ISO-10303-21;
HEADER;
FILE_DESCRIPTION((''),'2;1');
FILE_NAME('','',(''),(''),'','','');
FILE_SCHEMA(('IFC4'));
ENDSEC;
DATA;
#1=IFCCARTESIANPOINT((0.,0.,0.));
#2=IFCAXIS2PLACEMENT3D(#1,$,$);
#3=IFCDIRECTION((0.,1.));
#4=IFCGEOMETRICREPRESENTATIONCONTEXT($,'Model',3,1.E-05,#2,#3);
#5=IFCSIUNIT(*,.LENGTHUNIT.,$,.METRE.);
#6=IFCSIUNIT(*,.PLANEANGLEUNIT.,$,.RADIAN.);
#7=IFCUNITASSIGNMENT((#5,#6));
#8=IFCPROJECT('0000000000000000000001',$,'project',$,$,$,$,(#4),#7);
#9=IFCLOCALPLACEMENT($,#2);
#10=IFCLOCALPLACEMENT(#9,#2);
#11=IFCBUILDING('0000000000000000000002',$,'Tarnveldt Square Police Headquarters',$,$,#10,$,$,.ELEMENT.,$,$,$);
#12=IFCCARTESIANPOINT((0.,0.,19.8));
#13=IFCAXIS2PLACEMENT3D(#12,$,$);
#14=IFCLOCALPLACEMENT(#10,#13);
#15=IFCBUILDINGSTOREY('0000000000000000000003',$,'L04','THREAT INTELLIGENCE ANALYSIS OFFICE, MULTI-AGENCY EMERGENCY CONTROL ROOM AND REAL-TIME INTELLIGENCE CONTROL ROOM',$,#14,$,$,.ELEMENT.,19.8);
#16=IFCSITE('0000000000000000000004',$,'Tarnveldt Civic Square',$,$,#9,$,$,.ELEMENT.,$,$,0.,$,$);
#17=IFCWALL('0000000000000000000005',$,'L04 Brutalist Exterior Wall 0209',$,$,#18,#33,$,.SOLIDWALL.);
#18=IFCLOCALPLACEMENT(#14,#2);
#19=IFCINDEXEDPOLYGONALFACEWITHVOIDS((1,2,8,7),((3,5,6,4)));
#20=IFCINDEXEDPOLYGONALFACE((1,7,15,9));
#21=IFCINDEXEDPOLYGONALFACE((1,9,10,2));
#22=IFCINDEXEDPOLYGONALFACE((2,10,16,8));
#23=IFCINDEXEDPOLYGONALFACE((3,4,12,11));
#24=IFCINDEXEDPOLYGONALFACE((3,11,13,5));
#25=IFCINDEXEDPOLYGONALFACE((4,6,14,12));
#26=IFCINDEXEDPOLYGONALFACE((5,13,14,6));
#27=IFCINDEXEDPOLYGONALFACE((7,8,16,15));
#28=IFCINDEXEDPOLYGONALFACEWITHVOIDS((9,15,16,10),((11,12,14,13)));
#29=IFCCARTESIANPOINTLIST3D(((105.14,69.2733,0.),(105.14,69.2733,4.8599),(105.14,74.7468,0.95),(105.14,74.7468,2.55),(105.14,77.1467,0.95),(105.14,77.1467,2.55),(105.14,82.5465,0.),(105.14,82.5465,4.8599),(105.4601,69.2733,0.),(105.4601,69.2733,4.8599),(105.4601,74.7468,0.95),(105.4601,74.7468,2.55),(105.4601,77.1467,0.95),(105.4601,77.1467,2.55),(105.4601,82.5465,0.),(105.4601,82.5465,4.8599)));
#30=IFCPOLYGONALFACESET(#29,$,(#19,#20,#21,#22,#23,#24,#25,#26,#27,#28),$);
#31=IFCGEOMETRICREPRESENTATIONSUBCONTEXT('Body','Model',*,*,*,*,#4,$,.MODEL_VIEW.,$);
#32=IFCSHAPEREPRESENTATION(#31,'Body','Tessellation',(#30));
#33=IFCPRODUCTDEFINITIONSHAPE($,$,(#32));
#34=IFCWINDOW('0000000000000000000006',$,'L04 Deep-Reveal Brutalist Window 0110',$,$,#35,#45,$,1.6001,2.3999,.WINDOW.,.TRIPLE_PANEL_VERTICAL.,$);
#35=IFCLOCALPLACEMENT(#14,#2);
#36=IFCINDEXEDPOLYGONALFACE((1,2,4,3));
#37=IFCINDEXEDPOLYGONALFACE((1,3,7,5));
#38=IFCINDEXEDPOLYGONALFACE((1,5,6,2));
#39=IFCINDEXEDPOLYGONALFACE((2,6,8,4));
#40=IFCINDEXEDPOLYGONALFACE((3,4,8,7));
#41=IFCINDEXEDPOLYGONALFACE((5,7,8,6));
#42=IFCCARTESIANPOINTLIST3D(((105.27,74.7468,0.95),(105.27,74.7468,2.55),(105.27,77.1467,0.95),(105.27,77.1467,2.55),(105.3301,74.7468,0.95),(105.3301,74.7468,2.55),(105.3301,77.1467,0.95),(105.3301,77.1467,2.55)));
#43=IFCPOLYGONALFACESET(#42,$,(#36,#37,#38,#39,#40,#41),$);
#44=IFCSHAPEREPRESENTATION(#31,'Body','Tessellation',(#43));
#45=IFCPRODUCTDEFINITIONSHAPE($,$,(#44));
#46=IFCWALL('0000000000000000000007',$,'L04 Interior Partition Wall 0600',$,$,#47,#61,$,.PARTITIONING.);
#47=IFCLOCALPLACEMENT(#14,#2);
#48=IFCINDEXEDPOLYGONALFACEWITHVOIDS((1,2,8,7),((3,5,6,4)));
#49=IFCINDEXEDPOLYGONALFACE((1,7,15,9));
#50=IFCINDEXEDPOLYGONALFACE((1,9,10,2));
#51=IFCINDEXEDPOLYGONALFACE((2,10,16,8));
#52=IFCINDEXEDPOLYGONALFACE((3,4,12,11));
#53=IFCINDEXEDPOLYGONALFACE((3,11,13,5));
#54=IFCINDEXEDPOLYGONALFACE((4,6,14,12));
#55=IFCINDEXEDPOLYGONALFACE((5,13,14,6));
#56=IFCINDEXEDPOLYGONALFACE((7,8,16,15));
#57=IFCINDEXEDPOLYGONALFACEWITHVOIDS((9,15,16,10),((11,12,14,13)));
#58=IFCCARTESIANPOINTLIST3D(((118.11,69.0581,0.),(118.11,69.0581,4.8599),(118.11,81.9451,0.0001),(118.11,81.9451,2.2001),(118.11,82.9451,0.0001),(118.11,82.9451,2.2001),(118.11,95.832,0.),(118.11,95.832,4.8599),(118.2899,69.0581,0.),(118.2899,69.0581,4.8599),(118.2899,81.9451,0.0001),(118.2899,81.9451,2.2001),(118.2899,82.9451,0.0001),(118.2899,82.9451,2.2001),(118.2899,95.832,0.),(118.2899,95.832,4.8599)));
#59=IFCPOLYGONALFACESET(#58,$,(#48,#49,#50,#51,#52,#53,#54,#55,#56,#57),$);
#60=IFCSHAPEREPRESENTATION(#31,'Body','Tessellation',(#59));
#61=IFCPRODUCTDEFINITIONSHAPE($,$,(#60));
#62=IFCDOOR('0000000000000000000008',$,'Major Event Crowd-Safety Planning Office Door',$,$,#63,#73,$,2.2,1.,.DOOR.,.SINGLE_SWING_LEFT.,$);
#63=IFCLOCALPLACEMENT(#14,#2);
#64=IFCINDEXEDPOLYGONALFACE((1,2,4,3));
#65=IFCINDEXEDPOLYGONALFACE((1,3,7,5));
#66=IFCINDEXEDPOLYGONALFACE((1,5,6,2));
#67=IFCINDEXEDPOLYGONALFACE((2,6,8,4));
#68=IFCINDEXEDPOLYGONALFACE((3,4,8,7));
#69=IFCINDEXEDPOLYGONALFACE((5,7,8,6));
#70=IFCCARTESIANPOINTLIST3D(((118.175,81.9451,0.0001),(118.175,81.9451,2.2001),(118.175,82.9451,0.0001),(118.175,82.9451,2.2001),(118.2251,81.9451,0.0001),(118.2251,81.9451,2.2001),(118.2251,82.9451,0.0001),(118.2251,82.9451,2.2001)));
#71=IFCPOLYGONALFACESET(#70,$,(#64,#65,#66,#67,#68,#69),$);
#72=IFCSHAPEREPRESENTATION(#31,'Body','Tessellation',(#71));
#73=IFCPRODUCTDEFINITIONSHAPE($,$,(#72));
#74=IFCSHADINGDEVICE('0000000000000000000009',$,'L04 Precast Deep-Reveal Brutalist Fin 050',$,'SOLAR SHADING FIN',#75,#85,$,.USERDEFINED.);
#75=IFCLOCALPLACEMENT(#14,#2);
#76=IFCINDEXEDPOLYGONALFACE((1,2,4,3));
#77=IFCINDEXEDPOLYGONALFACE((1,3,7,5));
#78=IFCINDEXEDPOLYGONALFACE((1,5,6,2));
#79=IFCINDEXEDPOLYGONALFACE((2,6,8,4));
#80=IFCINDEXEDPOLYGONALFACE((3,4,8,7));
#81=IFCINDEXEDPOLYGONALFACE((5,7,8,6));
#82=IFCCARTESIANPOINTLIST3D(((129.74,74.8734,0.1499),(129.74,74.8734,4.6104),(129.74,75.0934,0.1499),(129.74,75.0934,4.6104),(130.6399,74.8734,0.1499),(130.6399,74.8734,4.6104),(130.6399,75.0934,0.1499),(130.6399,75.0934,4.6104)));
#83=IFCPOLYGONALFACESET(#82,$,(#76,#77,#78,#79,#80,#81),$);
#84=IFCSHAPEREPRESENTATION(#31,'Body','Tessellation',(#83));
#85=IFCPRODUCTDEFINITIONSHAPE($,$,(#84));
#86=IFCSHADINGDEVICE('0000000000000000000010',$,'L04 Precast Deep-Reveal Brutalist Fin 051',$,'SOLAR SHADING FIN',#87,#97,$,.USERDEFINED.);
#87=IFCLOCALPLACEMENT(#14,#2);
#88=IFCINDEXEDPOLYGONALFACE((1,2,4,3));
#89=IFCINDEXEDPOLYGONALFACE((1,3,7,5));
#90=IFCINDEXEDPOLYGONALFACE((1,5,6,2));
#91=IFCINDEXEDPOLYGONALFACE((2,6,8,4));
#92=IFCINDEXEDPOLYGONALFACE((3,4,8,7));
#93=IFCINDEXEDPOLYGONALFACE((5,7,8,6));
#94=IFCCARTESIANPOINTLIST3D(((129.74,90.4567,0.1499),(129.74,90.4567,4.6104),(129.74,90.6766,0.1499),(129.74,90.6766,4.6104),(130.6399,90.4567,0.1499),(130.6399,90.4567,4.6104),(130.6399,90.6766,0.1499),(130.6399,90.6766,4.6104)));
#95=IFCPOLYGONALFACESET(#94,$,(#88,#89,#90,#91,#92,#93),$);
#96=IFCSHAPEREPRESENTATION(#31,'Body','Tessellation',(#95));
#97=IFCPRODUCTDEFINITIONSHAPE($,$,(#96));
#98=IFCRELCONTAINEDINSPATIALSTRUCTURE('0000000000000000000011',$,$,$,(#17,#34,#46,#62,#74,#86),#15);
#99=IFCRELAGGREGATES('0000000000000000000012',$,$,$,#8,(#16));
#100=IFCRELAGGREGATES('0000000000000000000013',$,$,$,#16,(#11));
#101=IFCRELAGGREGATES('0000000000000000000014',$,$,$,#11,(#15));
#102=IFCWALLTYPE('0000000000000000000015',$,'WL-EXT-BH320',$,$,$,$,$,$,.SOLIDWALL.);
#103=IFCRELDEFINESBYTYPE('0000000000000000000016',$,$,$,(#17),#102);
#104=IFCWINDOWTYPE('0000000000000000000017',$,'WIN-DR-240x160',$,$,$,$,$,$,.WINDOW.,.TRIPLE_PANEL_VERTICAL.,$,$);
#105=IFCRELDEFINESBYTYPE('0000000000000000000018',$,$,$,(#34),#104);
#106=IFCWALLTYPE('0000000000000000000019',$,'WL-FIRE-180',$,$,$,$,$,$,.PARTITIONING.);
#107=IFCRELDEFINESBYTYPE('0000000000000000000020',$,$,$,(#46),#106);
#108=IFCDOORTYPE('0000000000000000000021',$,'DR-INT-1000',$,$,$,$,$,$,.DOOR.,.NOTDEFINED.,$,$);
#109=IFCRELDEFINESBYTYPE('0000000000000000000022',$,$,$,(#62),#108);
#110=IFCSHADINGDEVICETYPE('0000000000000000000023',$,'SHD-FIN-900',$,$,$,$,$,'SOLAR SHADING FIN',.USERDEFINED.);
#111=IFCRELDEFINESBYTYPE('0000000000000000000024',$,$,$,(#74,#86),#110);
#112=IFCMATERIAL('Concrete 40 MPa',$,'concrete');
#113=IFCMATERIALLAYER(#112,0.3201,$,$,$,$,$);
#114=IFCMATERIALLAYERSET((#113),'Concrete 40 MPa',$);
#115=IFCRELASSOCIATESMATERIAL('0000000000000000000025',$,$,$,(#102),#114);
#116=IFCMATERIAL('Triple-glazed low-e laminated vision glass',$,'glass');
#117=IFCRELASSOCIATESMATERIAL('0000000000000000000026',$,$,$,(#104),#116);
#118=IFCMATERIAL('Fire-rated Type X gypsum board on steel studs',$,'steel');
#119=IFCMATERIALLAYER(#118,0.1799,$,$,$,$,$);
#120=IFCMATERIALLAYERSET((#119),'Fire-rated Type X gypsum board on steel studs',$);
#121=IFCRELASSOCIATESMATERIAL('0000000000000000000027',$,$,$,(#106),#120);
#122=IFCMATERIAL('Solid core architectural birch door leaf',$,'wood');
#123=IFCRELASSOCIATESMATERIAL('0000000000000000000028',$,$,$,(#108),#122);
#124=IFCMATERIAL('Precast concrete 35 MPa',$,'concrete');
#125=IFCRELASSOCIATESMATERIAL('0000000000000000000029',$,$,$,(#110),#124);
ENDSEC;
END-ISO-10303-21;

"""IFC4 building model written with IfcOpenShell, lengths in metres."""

from ifc_helpers import new_model, si_unit, direction, frame, frame_2d, origin, origin_2d, place, context, subcontext, project, spatial, rectangle, extrude, material, layer, layer_set, material_profile, profile_set, type_object, element, fill, save


model = new_model("IFC4")

# Units and contexts
model_context = context("Model", 3, precision=1e-05, world=origin(), true_north=direction((0.0, 1.0)))
body_context = subcontext(model_context, "Body", "Model", "MODEL_VIEW")
ifc_project = project(units=[si_unit("LENGTHUNIT", "METRE"), si_unit("PLANEANGLEUNIT", "RADIAN")], contexts=[model_context])

# Site, building, storey
site_placement = place(None, origin())
site = spatial("IfcSite", under=ifc_project, at=site_placement, Name="Tarnveldt Civic Square", CompositionType="ELEMENT", RefElevation=0.0)
building_placement = place(site_placement, origin())
building = spatial("IfcBuilding", under=site, at=building_placement, Name="Tarnveldt Square Police Headquarters", CompositionType="ELEMENT")
storey_placement = place(building_placement, frame((0.0, 0.0, 19.8)))
storey = spatial("IfcBuildingStorey", under=building, at=storey_placement, Name="L04", Description="THREAT INTELLIGENCE ANALYSIS OFFICE, MULTI-AGENCY EMERGENCY CONTROL ROOM AND REAL-TIME INTELLIGENCE CONTROL ROOM", CompositionType="ELEMENT", Elevation=19.8)

# Shared definitions
ifc_material_1 = material(Name="Concrete 40 MPa", Category="concrete")

# Wall, opening, window
ifc_layer_1 = layer(ifc_material_1, 0.3201)
ifc_layer_set_1 = layer_set([ifc_layer_1], Name="Concrete 40 MPa")
wall_type_1 = type_object("IfcWallType", Name="WL-EXT-BH320", PredefinedType="SOLIDWALL", material=ifc_layer_set_1)
ifc_material_2 = material(Name="Triple-glazed low-e laminated vision glass", Category="glass")
wall_1_placement = place(storey_placement, frame((105.3, 82.5466, 0.0), z_axis=(0.0, 0.0, 1.0), x_axis=(0.0, -1.0, 0.0)))
wall_1 = element("IfcWall", 1, at=wall_1_placement, inside=storey, type_object=wall_type_1, Name="L04 Brutalist Exterior Wall 0209", PredefinedType="SOLIDWALL", context=body_context, shape_type="SweptSolid", body=[
    extrude(rectangle(XDim=13.2732, YDim=0.3201, at=frame_2d((6.6367, 0.0))), origin(), (0.0, 0.0, 1.0), 4.8599),
])
opening_1_placement = place(wall_1_placement, frame((5.3999, 0.0, 0.95)))
opening_1 = element("IfcOpeningElement", 2, at=opening_1_placement, cuts=wall_1, PredefinedType="OPENING", context=body_context, shape_type="SweptSolid", body=[
    extrude(rectangle(XDim=2.3999, YDim=1.6001, at=frame_2d((1.2, 0.8))), frame((0.0, 0.1699, 0.0), z_axis=(0.0, -1.0, 0.0), x_axis=(1.0, 0.0, 0.0)), (0.0, 0.0, 1.0), 0.3401),
])
window_type_1 = type_object("IfcWindowType", Name="WIN-DR-240x160", PartitioningType="TRIPLE_PANEL_VERTICAL", PredefinedType="WINDOW", material=ifc_material_2)
window_1_placement = place(opening_1_placement, origin())
window_1 = element("IfcWindow", 3, at=window_1_placement, inside=storey, type_object=window_type_1, Name="L04 Deep-Reveal Brutalist Window 0110", OverallHeight=1.6001, OverallWidth=2.3999, PartitioningType="TRIPLE_PANEL_VERTICAL", PredefinedType="WINDOW", context=body_context, shape_type="SweptSolid", body=[
    extrude(rectangle(XDim=2.3999, YDim=1.6001, at=frame_2d((1.2, 0.8))), frame((0.0, 0.03, 0.0), z_axis=(0.0, -1.0, 0.0), x_axis=(1.0, 0.0, 0.0)), (0.0, 0.0, 1.0), 0.0601),
])
fill(opening_1, window_1)

# Wall, opening, door
ifc_material_3 = material(Name="Fire-rated Type X gypsum board on steel studs", Category="steel")
ifc_layer_2 = layer(ifc_material_3, 0.1799)
ifc_layer_set_2 = layer_set([ifc_layer_2], Name="Fire-rated Type X gypsum board on steel studs")
wall_type_2 = type_object("IfcWallType", Name="WL-FIRE-180", PredefinedType="PARTITIONING", material=ifc_layer_set_2)
wall_2_placement = place(storey_placement, frame((118.2, 69.0581, 0.0), z_axis=(0.0, 0.0, 1.0), x_axis=(0.0, 1.0, 0.0)))
wall_2 = element("IfcWall", 4, at=wall_2_placement, inside=storey, type_object=wall_type_2, Name="L04 Interior Partition Wall 0600", PredefinedType="PARTITIONING", context=body_context, shape_type="SweptSolid", body=[
    extrude(rectangle(XDim=26.7739, YDim=0.1799, at=frame_2d((13.387, 0.0))), origin(), (0.0, 0.0, 1.0), 4.8599),
])
opening_2_placement = place(wall_2_placement, frame((12.887, 0.0, 0.0)))
opening_2 = element("IfcOpeningElement", 5, at=opening_2_placement, cuts=wall_2, PredefinedType="OPENING", context=body_context, shape_type="SweptSolid", body=[
    extrude(rectangle(XDim=1.0, YDim=2.2, at=frame_2d((0.5, 1.1001))), frame((0.0, 0.0999, 0.0), z_axis=(0.0, -1.0, 0.0), x_axis=(1.0, 0.0, 0.0)), (0.0, 0.0, 1.0), 0.2),
])
ifc_material_4 = material(Name="Solid core architectural birch door leaf", Category="wood")
door_type = type_object("IfcDoorType", Name="DR-INT-1000", OperationType="NOTDEFINED", PredefinedType="DOOR", material=ifc_material_4)
door_placement = place(opening_2_placement, origin())
door = element("IfcDoor", 6, at=door_placement, inside=storey, type_object=door_type, Name="Major Event Crowd-Safety Planning Office Door", OperationType="SINGLE_SWING_LEFT", OverallHeight=2.2, OverallWidth=1.0, PredefinedType="DOOR", context=body_context, shape_type="SweptSolid", body=[
    extrude(rectangle(XDim=1.0, YDim=2.2, at=frame_2d((0.5, 1.1001))), frame((0.0, 0.0249, 0.0), z_axis=(0.0, -1.0, 0.0), x_axis=(1.0, 0.0, 0.0)), (0.0, 0.0, 1.0), 0.05),
])
fill(opening_2, door)

# Shading devices
ifc_material_5 = material(Name="Precast concrete 35 MPa", Category="concrete")
ifc_material_profile_1 = material_profile(ifc_material_5, rectangle(XDim=0.22, YDim=0.8999, at=origin_2d()), Name="PC-FIN220x900")
ifc_profile_set_1 = profile_set([ifc_material_profile_1], Name="Precast concrete 35 MPa")
shading_device_type = type_object("IfcShadingDeviceType", Name="SHD-FIN-900", ElementType="SOLAR SHADING FIN", PredefinedType="USERDEFINED", material=ifc_profile_set_1)
for number, where, z_axis, x_axis, name in (
    (7, (130.1899, 74.9834, 0.1499), (0.0, 0.0, 1.0), (0.0, 1.0, 0.0), "L04 Precast Deep-Reveal Brutalist Fin 050"),
    (8, (130.1899, 90.5667, 0.1499), (0.0, 0.0, 1.0), (0.0, 1.0, 0.0), "L04 Precast Deep-Reveal Brutalist Fin 051"),
):
    element("IfcShadingDevice", number, at=place(storey_placement, frame(where, z_axis=z_axis, x_axis=x_axis)), inside=storey, type_object=shading_device_type, Name=name, ObjectType="SOLAR SHADING FIN", PredefinedType="USERDEFINED", context=body_context, shape_type="SweptSolid", body=[
        extrude(rectangle(XDim=0.22, YDim=0.8999, at=origin_2d()), origin(), (0.0, 0.0, 1.0), 4.4604),
    ])

save(model, "model.ifc")
